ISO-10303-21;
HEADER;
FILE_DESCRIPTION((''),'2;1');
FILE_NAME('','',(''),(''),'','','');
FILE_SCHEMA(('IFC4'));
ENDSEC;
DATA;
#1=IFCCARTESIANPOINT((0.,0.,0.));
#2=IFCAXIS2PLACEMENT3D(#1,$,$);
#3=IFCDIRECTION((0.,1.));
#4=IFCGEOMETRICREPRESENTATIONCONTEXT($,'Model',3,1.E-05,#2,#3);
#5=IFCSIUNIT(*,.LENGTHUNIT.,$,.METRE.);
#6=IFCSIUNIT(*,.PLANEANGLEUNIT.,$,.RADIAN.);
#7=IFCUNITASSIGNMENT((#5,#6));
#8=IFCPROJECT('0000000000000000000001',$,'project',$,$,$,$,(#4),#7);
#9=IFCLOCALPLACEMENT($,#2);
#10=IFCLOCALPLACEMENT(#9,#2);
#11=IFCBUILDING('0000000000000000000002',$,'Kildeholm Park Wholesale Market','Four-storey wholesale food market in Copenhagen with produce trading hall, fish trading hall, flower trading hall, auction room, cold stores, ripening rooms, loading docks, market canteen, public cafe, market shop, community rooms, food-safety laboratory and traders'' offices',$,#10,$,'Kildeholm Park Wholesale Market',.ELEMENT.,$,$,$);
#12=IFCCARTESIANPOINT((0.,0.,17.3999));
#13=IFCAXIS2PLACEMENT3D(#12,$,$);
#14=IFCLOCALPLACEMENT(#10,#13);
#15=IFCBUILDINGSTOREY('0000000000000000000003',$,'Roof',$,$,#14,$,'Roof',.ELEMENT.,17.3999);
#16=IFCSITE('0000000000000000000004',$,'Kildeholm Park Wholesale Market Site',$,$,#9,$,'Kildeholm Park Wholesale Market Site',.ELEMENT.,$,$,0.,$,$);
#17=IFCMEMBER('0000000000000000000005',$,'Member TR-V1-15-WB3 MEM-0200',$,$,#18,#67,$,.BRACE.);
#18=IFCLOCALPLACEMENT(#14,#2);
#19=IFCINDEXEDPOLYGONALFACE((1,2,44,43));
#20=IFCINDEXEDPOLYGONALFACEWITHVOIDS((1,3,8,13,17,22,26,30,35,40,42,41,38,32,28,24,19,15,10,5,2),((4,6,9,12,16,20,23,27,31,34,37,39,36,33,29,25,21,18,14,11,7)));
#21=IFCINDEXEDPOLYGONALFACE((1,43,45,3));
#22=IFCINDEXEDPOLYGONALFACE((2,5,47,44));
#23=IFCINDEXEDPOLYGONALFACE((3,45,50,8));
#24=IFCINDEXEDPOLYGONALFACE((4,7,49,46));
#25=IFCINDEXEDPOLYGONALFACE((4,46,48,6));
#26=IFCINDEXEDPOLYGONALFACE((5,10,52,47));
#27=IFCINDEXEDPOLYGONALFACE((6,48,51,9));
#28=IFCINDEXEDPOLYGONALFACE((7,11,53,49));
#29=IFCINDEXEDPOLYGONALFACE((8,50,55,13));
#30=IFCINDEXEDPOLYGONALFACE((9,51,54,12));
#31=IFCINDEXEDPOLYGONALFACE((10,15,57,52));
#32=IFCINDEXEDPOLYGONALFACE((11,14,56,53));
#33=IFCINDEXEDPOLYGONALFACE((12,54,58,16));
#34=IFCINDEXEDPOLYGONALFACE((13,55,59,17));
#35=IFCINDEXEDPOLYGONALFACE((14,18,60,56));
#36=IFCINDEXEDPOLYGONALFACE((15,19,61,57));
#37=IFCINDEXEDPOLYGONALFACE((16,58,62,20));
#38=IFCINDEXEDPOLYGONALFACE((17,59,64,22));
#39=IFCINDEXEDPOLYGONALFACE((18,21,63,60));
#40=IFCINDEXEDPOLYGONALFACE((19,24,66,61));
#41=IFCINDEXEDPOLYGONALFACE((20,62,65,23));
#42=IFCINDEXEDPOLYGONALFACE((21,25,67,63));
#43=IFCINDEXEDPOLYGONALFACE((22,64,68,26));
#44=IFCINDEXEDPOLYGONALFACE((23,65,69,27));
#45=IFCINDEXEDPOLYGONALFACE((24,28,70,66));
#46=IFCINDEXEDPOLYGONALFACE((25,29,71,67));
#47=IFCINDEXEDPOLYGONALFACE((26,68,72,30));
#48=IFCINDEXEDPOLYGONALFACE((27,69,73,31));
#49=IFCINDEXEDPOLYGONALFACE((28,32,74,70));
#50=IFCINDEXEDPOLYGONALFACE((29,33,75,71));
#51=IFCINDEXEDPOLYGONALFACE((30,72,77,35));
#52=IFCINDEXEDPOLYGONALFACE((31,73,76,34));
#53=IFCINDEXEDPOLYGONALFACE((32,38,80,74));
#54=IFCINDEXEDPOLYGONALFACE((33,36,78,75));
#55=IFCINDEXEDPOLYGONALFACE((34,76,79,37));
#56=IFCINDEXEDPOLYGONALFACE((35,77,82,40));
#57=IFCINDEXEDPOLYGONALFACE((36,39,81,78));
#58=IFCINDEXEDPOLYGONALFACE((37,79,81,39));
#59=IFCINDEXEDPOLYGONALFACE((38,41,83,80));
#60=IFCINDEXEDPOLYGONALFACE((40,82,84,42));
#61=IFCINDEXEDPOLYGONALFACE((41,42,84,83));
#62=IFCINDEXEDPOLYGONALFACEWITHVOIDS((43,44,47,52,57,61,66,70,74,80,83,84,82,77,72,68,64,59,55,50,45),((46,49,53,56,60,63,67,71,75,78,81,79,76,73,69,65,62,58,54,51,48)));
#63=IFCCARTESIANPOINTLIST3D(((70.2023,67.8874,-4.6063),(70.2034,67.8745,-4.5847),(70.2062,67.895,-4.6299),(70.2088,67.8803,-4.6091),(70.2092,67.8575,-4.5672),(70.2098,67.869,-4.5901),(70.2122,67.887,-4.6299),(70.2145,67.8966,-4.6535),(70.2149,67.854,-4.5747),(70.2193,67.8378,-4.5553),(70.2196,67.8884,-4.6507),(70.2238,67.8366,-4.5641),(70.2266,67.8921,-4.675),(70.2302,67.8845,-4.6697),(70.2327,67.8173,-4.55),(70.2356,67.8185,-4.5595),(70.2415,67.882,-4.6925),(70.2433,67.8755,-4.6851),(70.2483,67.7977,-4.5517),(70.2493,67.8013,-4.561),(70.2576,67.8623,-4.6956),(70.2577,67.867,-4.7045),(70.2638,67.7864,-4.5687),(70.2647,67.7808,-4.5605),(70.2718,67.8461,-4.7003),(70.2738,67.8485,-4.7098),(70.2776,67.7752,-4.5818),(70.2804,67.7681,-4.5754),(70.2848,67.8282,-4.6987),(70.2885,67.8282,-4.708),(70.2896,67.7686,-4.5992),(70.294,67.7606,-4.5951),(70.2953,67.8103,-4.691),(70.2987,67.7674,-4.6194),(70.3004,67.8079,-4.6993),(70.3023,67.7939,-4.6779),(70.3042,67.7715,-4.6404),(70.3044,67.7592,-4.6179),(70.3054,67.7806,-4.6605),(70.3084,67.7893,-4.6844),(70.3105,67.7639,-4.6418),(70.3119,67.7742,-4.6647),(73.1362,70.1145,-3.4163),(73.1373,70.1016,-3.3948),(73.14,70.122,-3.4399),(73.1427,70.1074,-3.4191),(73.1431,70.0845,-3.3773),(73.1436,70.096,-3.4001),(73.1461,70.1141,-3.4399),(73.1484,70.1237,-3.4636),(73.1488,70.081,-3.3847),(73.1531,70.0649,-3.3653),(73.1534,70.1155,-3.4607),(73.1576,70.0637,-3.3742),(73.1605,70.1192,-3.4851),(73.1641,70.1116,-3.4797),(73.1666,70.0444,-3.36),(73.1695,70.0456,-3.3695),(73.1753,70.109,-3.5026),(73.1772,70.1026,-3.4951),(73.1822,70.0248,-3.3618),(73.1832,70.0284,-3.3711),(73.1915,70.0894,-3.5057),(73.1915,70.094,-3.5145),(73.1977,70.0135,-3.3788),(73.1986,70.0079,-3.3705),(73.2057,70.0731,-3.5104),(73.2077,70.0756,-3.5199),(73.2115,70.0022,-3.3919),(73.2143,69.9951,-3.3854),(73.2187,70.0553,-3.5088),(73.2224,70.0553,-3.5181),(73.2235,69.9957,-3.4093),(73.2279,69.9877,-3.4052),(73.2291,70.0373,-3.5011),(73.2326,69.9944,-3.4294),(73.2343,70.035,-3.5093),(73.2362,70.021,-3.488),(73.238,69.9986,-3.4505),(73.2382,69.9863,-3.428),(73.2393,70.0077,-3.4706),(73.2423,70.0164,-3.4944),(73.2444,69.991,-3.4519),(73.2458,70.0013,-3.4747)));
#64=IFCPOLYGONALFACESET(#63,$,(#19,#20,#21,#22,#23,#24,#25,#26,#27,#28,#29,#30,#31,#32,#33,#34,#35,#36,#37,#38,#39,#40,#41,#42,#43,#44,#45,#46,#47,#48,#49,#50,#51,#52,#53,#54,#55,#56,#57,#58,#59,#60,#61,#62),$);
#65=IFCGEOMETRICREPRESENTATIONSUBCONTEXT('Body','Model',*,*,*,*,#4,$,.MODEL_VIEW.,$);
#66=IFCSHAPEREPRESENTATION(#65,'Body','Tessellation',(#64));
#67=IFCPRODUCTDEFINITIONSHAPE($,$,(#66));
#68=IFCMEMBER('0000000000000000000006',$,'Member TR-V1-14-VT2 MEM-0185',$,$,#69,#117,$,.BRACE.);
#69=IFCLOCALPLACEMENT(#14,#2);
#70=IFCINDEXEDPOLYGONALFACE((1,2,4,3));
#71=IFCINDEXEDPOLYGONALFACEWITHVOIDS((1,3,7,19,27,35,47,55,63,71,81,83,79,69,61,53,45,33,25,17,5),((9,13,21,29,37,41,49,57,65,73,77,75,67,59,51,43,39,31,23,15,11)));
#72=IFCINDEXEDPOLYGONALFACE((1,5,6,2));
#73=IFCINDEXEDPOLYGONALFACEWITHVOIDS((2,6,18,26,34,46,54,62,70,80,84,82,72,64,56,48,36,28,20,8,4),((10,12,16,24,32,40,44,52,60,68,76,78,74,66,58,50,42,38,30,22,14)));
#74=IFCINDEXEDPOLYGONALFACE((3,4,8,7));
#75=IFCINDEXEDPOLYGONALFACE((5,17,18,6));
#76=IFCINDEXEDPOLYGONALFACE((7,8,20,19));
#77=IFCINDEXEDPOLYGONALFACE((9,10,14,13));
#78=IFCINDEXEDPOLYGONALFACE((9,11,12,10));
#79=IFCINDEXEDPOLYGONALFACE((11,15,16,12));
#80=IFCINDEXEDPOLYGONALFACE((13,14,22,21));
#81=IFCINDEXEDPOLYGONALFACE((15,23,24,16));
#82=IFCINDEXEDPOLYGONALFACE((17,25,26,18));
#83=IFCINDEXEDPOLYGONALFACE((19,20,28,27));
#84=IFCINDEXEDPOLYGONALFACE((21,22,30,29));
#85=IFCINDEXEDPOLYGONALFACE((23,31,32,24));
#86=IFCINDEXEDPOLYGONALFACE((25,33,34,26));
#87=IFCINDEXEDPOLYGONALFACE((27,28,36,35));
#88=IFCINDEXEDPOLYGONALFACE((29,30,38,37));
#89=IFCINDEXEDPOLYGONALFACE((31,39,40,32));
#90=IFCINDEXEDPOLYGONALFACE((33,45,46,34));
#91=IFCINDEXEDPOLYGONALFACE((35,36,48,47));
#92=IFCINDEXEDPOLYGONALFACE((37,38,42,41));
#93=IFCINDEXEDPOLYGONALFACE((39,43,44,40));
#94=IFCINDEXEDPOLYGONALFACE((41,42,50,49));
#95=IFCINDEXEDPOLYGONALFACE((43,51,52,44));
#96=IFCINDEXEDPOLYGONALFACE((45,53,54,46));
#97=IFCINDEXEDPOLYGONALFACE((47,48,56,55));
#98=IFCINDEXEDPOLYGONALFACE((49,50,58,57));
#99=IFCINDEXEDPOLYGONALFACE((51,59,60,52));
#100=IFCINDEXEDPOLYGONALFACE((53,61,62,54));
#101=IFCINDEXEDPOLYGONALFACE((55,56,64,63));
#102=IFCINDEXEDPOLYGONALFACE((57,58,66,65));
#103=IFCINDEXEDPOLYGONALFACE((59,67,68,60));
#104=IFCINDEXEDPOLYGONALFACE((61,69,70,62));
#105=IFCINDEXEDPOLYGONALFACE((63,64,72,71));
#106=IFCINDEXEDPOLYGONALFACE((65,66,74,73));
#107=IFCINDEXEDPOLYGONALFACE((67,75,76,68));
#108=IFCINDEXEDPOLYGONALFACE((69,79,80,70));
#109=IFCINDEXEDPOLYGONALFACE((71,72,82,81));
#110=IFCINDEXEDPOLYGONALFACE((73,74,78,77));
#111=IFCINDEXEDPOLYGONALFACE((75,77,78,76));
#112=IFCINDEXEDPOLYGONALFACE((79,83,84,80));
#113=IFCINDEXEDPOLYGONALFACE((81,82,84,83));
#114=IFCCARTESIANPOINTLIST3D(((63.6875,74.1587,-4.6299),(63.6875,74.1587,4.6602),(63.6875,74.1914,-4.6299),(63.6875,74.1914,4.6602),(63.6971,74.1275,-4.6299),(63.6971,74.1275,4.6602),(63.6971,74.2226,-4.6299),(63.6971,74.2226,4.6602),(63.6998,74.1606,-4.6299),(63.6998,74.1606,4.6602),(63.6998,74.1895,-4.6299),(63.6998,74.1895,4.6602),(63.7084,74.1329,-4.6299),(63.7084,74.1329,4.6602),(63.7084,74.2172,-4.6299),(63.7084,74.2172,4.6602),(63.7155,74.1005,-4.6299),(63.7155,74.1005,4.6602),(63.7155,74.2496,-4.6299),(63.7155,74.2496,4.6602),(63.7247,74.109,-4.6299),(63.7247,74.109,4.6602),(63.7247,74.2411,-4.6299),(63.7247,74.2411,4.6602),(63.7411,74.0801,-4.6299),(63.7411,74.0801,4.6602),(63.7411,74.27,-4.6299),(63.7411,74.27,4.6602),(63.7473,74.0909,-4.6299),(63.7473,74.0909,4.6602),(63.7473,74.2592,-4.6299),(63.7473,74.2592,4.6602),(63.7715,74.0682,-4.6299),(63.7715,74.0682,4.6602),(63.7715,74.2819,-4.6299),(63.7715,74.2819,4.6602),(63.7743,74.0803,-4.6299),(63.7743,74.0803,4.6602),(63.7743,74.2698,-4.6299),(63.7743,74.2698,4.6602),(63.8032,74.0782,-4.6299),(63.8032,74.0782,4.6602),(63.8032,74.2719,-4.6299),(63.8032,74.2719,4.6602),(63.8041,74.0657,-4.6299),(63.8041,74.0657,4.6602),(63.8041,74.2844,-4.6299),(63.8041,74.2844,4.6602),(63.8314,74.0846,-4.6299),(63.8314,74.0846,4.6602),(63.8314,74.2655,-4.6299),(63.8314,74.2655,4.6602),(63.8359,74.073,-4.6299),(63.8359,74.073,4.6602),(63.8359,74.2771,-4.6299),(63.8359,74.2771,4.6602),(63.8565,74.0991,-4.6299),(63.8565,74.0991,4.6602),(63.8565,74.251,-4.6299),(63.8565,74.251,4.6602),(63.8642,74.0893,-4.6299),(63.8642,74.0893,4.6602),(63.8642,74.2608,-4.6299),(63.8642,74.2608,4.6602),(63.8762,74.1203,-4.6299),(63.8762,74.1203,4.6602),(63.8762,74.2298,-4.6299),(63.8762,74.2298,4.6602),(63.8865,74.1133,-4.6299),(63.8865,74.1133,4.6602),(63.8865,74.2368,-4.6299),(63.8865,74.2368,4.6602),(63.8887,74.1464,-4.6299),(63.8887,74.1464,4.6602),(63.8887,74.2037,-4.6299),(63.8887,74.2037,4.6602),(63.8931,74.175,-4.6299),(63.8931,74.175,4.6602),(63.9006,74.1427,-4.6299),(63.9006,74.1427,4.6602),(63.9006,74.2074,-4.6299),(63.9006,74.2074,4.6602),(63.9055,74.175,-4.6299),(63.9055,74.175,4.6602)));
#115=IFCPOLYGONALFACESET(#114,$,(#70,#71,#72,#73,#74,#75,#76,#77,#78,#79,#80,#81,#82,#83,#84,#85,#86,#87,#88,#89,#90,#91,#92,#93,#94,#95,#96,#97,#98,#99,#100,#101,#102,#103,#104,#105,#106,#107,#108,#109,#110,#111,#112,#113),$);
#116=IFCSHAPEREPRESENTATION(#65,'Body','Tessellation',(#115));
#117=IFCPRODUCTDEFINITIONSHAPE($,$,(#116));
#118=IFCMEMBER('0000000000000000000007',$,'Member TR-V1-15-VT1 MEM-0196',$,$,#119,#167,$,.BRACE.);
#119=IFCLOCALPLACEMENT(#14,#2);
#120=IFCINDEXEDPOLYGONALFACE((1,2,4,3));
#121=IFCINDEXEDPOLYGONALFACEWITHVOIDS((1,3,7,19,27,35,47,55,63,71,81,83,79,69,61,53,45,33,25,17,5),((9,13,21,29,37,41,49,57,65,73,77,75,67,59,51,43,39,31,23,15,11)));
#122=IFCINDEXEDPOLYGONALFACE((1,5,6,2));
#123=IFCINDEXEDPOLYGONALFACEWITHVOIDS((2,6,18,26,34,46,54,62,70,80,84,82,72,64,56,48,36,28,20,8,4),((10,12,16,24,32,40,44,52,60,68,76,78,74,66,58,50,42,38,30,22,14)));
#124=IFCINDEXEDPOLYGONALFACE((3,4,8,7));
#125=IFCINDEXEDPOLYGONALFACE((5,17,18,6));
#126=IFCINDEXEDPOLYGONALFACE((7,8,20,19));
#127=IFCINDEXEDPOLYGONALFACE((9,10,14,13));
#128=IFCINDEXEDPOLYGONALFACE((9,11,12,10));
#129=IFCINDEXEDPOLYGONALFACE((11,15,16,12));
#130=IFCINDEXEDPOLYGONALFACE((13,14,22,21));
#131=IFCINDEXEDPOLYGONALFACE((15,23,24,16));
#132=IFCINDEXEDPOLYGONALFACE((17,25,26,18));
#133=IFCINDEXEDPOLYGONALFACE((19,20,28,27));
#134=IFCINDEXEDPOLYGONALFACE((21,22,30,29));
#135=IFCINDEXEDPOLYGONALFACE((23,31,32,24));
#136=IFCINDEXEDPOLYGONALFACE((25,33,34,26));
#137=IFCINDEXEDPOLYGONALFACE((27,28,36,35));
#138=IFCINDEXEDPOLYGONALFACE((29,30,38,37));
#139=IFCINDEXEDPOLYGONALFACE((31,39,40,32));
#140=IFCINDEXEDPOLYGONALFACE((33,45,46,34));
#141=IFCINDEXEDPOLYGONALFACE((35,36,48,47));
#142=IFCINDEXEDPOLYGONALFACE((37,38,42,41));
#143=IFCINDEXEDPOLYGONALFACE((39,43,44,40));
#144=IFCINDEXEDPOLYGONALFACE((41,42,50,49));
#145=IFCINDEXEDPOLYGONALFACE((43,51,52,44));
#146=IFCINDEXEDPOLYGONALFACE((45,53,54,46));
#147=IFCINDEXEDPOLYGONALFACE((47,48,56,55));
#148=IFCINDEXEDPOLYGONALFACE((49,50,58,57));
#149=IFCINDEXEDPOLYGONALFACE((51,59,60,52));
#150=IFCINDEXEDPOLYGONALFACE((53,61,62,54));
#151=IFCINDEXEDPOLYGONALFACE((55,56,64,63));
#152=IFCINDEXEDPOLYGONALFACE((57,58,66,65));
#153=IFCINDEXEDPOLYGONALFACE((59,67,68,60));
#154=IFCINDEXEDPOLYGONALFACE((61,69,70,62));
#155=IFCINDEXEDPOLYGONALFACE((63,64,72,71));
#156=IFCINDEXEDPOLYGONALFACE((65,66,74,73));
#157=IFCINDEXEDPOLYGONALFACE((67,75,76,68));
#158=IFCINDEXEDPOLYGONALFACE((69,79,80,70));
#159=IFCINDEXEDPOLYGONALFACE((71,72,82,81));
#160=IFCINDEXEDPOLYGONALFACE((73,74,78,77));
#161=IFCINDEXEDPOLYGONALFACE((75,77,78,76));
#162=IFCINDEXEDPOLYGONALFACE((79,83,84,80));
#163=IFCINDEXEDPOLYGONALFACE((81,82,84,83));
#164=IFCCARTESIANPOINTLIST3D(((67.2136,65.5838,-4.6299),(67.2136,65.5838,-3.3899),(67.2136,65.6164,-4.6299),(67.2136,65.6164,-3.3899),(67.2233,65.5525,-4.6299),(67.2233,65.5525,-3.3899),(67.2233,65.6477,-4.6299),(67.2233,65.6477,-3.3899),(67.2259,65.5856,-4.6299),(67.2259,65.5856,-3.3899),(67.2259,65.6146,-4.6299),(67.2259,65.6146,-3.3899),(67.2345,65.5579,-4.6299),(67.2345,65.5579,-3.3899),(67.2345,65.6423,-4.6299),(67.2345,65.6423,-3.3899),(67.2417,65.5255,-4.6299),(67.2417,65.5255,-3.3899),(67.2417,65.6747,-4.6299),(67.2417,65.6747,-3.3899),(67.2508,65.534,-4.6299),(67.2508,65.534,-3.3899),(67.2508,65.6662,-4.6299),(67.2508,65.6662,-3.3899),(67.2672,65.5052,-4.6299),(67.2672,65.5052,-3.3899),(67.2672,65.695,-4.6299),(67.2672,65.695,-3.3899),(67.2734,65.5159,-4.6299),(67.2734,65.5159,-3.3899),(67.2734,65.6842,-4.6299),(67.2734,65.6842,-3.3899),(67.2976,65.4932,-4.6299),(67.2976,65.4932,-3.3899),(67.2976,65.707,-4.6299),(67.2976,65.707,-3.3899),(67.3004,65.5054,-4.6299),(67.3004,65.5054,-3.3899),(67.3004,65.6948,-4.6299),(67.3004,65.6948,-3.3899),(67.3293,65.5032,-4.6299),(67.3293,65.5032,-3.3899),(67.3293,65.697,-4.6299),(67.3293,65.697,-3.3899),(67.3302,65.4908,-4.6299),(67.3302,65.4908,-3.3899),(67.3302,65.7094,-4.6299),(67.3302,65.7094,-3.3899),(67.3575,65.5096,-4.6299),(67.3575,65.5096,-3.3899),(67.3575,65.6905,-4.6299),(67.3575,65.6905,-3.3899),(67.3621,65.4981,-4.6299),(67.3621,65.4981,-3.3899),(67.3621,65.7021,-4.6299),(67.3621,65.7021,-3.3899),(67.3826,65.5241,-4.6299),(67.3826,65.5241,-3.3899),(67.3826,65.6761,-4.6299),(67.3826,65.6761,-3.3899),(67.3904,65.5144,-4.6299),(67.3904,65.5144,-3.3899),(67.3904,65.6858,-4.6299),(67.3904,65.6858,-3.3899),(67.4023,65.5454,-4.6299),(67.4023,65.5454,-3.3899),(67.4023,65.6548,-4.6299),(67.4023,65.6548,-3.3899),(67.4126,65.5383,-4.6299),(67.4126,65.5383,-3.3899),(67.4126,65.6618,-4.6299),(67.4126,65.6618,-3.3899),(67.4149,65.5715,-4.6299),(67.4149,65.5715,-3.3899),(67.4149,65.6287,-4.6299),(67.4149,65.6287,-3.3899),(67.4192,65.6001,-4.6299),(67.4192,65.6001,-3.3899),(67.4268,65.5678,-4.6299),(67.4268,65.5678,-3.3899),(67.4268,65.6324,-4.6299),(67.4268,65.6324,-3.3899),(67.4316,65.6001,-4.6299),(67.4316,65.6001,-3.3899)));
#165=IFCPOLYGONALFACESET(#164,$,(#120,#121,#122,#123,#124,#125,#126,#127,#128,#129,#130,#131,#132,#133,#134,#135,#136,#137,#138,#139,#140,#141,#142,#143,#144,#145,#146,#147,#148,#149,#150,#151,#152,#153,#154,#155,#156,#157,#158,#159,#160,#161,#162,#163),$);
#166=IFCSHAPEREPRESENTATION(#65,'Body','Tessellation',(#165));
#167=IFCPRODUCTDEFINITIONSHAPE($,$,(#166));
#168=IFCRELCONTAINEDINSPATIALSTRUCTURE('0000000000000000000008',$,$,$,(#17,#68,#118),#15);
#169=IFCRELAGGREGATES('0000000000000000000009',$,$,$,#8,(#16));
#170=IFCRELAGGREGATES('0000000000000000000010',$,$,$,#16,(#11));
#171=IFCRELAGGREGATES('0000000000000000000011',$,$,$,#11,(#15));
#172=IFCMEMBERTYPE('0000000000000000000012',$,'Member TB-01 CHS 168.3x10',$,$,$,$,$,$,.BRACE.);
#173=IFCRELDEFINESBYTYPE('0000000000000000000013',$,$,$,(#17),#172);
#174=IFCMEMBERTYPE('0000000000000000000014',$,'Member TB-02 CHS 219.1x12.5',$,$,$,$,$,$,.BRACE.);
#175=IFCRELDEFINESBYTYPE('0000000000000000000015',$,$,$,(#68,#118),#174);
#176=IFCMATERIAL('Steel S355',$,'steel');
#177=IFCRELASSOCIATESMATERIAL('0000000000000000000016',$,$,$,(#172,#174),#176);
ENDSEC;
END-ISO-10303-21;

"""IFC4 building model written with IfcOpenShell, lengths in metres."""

from ifc_helpers import new_model, si_unit, direction, frame, origin, origin_2d, place, context, subcontext, project, spatial, hollow_circle, extrude, material, material_profile, profile_set, type_object, element, save


model = new_model("IFC4")

# Units and contexts
model_context = context("Model", 3, precision=1e-05, world=origin(), true_north=direction((0.0, 1.0)))
body_context = subcontext(model_context, "Body", "Model", "MODEL_VIEW")
ifc_project = project(units=[si_unit("LENGTHUNIT", "METRE"), si_unit("PLANEANGLEUNIT", "RADIAN")], contexts=[model_context])

# Site, building, storey
site_placement = place(None, origin())
site = spatial("IfcSite", under=ifc_project, at=site_placement, Name="Kildeholm Park Wholesale Market Site", LongName="Kildeholm Park Wholesale Market Site", CompositionType="ELEMENT", RefElevation=0.0)
building_placement = place(site_placement, origin())
building = spatial("IfcBuilding", under=site, at=building_placement, Name="Kildeholm Park Wholesale Market", Description="Four-storey wholesale food market in Copenhagen with produce trading hall, fish trading hall, flower trading hall, auction room, cold stores, ripening rooms, loading docks, market canteen, public cafe, market shop, community rooms, food-safety laboratory and traders' offices", LongName="Kildeholm Park Wholesale Market", CompositionType="ELEMENT")
storey_placement = place(building_placement, frame((0.0, 0.0, 17.3999)))
storey = spatial("IfcBuildingStorey", under=building, at=storey_placement, Name="Roof", LongName="Roof", CompositionType="ELEMENT", Elevation=17.3999)

# Shared definitions
ifc_material_1 = material(Name="Steel S355", Category="steel")

# Members
ifc_material_profile_1 = material_profile(ifc_material_1, hollow_circle(Radius=0.0842, WallThickness=0.01, at=origin_2d()), Name="CHS 168.3x10")
ifc_profile_set_1 = profile_set([ifc_material_profile_1], Name="Steel S355")
member_type_1 = type_object("IfcMemberType", Name="Member TB-01 CHS 168.3x10", PredefinedType="BRACE", material=ifc_profile_set_1)
member_1_placement = place(storey_placement, frame((70.2571, 67.8279, -4.6299), z_axis=(0.75794, 0.575346, 0.307415), x_axis=(-0.604624, 0.796511, 0.0)))
element("IfcMember", 1, at=member_1_placement, inside=storey, type_object=member_type_1, Name="Member TR-V1-15-WB3 MEM-0200", PredefinedType="BRACE", context=body_context, shape_type="SweptSolid", body=[
    extrude(hollow_circle(Radius=0.0842, WallThickness=0.01, at=origin_2d()), origin(), (0.0, 0.0, 1.0), 3.8708),
])
ifc_material_profile_2 = material_profile(ifc_material_1, hollow_circle(Radius=0.1096, WallThickness=0.0125, at=origin_2d()), Name="CHS 219.1x12.5")
ifc_profile_set_2 = profile_set([ifc_material_profile_2], Name="Steel S355")
member_type_2 = type_object("IfcMemberType", Name="Member TB-02 CHS 219.1x12.5", PredefinedType="BRACE", material=ifc_profile_set_2)
member_2_placement = place(storey_placement, frame((63.7959, 74.175, -4.6299), z_axis=(0.0, 0.0, 1.0), x_axis=(1.0, 0.0, 0.0)))
element("IfcMember", 2, at=member_2_placement, inside=storey, type_object=member_type_2, Name="Member TR-V1-14-VT2 MEM-0185", PredefinedType="BRACE", context=body_context, shape_type="SweptSolid", body=[
    extrude(hollow_circle(Radius=0.1096, WallThickness=0.0125, at=origin_2d()), origin(), (0.0, 0.0, 1.0), 9.29),
])
member_3_placement = place(storey_placement, frame((67.322, 65.6001, -4.6299), z_axis=(0.0, 0.0, 1.0), x_axis=(1.0, 0.0, 0.0)))
element("IfcMember", 3, at=member_3_placement, inside=storey, type_object=member_type_2, Name="Member TR-V1-15-VT1 MEM-0196", PredefinedType="BRACE", context=body_context, shape_type="SweptSolid", body=[
    extrude(hollow_circle(Radius=0.1096, WallThickness=0.0125, at=origin_2d()), origin(), (0.0, 0.0, 1.0), 1.24),
])

save(model, "model.ifc")
